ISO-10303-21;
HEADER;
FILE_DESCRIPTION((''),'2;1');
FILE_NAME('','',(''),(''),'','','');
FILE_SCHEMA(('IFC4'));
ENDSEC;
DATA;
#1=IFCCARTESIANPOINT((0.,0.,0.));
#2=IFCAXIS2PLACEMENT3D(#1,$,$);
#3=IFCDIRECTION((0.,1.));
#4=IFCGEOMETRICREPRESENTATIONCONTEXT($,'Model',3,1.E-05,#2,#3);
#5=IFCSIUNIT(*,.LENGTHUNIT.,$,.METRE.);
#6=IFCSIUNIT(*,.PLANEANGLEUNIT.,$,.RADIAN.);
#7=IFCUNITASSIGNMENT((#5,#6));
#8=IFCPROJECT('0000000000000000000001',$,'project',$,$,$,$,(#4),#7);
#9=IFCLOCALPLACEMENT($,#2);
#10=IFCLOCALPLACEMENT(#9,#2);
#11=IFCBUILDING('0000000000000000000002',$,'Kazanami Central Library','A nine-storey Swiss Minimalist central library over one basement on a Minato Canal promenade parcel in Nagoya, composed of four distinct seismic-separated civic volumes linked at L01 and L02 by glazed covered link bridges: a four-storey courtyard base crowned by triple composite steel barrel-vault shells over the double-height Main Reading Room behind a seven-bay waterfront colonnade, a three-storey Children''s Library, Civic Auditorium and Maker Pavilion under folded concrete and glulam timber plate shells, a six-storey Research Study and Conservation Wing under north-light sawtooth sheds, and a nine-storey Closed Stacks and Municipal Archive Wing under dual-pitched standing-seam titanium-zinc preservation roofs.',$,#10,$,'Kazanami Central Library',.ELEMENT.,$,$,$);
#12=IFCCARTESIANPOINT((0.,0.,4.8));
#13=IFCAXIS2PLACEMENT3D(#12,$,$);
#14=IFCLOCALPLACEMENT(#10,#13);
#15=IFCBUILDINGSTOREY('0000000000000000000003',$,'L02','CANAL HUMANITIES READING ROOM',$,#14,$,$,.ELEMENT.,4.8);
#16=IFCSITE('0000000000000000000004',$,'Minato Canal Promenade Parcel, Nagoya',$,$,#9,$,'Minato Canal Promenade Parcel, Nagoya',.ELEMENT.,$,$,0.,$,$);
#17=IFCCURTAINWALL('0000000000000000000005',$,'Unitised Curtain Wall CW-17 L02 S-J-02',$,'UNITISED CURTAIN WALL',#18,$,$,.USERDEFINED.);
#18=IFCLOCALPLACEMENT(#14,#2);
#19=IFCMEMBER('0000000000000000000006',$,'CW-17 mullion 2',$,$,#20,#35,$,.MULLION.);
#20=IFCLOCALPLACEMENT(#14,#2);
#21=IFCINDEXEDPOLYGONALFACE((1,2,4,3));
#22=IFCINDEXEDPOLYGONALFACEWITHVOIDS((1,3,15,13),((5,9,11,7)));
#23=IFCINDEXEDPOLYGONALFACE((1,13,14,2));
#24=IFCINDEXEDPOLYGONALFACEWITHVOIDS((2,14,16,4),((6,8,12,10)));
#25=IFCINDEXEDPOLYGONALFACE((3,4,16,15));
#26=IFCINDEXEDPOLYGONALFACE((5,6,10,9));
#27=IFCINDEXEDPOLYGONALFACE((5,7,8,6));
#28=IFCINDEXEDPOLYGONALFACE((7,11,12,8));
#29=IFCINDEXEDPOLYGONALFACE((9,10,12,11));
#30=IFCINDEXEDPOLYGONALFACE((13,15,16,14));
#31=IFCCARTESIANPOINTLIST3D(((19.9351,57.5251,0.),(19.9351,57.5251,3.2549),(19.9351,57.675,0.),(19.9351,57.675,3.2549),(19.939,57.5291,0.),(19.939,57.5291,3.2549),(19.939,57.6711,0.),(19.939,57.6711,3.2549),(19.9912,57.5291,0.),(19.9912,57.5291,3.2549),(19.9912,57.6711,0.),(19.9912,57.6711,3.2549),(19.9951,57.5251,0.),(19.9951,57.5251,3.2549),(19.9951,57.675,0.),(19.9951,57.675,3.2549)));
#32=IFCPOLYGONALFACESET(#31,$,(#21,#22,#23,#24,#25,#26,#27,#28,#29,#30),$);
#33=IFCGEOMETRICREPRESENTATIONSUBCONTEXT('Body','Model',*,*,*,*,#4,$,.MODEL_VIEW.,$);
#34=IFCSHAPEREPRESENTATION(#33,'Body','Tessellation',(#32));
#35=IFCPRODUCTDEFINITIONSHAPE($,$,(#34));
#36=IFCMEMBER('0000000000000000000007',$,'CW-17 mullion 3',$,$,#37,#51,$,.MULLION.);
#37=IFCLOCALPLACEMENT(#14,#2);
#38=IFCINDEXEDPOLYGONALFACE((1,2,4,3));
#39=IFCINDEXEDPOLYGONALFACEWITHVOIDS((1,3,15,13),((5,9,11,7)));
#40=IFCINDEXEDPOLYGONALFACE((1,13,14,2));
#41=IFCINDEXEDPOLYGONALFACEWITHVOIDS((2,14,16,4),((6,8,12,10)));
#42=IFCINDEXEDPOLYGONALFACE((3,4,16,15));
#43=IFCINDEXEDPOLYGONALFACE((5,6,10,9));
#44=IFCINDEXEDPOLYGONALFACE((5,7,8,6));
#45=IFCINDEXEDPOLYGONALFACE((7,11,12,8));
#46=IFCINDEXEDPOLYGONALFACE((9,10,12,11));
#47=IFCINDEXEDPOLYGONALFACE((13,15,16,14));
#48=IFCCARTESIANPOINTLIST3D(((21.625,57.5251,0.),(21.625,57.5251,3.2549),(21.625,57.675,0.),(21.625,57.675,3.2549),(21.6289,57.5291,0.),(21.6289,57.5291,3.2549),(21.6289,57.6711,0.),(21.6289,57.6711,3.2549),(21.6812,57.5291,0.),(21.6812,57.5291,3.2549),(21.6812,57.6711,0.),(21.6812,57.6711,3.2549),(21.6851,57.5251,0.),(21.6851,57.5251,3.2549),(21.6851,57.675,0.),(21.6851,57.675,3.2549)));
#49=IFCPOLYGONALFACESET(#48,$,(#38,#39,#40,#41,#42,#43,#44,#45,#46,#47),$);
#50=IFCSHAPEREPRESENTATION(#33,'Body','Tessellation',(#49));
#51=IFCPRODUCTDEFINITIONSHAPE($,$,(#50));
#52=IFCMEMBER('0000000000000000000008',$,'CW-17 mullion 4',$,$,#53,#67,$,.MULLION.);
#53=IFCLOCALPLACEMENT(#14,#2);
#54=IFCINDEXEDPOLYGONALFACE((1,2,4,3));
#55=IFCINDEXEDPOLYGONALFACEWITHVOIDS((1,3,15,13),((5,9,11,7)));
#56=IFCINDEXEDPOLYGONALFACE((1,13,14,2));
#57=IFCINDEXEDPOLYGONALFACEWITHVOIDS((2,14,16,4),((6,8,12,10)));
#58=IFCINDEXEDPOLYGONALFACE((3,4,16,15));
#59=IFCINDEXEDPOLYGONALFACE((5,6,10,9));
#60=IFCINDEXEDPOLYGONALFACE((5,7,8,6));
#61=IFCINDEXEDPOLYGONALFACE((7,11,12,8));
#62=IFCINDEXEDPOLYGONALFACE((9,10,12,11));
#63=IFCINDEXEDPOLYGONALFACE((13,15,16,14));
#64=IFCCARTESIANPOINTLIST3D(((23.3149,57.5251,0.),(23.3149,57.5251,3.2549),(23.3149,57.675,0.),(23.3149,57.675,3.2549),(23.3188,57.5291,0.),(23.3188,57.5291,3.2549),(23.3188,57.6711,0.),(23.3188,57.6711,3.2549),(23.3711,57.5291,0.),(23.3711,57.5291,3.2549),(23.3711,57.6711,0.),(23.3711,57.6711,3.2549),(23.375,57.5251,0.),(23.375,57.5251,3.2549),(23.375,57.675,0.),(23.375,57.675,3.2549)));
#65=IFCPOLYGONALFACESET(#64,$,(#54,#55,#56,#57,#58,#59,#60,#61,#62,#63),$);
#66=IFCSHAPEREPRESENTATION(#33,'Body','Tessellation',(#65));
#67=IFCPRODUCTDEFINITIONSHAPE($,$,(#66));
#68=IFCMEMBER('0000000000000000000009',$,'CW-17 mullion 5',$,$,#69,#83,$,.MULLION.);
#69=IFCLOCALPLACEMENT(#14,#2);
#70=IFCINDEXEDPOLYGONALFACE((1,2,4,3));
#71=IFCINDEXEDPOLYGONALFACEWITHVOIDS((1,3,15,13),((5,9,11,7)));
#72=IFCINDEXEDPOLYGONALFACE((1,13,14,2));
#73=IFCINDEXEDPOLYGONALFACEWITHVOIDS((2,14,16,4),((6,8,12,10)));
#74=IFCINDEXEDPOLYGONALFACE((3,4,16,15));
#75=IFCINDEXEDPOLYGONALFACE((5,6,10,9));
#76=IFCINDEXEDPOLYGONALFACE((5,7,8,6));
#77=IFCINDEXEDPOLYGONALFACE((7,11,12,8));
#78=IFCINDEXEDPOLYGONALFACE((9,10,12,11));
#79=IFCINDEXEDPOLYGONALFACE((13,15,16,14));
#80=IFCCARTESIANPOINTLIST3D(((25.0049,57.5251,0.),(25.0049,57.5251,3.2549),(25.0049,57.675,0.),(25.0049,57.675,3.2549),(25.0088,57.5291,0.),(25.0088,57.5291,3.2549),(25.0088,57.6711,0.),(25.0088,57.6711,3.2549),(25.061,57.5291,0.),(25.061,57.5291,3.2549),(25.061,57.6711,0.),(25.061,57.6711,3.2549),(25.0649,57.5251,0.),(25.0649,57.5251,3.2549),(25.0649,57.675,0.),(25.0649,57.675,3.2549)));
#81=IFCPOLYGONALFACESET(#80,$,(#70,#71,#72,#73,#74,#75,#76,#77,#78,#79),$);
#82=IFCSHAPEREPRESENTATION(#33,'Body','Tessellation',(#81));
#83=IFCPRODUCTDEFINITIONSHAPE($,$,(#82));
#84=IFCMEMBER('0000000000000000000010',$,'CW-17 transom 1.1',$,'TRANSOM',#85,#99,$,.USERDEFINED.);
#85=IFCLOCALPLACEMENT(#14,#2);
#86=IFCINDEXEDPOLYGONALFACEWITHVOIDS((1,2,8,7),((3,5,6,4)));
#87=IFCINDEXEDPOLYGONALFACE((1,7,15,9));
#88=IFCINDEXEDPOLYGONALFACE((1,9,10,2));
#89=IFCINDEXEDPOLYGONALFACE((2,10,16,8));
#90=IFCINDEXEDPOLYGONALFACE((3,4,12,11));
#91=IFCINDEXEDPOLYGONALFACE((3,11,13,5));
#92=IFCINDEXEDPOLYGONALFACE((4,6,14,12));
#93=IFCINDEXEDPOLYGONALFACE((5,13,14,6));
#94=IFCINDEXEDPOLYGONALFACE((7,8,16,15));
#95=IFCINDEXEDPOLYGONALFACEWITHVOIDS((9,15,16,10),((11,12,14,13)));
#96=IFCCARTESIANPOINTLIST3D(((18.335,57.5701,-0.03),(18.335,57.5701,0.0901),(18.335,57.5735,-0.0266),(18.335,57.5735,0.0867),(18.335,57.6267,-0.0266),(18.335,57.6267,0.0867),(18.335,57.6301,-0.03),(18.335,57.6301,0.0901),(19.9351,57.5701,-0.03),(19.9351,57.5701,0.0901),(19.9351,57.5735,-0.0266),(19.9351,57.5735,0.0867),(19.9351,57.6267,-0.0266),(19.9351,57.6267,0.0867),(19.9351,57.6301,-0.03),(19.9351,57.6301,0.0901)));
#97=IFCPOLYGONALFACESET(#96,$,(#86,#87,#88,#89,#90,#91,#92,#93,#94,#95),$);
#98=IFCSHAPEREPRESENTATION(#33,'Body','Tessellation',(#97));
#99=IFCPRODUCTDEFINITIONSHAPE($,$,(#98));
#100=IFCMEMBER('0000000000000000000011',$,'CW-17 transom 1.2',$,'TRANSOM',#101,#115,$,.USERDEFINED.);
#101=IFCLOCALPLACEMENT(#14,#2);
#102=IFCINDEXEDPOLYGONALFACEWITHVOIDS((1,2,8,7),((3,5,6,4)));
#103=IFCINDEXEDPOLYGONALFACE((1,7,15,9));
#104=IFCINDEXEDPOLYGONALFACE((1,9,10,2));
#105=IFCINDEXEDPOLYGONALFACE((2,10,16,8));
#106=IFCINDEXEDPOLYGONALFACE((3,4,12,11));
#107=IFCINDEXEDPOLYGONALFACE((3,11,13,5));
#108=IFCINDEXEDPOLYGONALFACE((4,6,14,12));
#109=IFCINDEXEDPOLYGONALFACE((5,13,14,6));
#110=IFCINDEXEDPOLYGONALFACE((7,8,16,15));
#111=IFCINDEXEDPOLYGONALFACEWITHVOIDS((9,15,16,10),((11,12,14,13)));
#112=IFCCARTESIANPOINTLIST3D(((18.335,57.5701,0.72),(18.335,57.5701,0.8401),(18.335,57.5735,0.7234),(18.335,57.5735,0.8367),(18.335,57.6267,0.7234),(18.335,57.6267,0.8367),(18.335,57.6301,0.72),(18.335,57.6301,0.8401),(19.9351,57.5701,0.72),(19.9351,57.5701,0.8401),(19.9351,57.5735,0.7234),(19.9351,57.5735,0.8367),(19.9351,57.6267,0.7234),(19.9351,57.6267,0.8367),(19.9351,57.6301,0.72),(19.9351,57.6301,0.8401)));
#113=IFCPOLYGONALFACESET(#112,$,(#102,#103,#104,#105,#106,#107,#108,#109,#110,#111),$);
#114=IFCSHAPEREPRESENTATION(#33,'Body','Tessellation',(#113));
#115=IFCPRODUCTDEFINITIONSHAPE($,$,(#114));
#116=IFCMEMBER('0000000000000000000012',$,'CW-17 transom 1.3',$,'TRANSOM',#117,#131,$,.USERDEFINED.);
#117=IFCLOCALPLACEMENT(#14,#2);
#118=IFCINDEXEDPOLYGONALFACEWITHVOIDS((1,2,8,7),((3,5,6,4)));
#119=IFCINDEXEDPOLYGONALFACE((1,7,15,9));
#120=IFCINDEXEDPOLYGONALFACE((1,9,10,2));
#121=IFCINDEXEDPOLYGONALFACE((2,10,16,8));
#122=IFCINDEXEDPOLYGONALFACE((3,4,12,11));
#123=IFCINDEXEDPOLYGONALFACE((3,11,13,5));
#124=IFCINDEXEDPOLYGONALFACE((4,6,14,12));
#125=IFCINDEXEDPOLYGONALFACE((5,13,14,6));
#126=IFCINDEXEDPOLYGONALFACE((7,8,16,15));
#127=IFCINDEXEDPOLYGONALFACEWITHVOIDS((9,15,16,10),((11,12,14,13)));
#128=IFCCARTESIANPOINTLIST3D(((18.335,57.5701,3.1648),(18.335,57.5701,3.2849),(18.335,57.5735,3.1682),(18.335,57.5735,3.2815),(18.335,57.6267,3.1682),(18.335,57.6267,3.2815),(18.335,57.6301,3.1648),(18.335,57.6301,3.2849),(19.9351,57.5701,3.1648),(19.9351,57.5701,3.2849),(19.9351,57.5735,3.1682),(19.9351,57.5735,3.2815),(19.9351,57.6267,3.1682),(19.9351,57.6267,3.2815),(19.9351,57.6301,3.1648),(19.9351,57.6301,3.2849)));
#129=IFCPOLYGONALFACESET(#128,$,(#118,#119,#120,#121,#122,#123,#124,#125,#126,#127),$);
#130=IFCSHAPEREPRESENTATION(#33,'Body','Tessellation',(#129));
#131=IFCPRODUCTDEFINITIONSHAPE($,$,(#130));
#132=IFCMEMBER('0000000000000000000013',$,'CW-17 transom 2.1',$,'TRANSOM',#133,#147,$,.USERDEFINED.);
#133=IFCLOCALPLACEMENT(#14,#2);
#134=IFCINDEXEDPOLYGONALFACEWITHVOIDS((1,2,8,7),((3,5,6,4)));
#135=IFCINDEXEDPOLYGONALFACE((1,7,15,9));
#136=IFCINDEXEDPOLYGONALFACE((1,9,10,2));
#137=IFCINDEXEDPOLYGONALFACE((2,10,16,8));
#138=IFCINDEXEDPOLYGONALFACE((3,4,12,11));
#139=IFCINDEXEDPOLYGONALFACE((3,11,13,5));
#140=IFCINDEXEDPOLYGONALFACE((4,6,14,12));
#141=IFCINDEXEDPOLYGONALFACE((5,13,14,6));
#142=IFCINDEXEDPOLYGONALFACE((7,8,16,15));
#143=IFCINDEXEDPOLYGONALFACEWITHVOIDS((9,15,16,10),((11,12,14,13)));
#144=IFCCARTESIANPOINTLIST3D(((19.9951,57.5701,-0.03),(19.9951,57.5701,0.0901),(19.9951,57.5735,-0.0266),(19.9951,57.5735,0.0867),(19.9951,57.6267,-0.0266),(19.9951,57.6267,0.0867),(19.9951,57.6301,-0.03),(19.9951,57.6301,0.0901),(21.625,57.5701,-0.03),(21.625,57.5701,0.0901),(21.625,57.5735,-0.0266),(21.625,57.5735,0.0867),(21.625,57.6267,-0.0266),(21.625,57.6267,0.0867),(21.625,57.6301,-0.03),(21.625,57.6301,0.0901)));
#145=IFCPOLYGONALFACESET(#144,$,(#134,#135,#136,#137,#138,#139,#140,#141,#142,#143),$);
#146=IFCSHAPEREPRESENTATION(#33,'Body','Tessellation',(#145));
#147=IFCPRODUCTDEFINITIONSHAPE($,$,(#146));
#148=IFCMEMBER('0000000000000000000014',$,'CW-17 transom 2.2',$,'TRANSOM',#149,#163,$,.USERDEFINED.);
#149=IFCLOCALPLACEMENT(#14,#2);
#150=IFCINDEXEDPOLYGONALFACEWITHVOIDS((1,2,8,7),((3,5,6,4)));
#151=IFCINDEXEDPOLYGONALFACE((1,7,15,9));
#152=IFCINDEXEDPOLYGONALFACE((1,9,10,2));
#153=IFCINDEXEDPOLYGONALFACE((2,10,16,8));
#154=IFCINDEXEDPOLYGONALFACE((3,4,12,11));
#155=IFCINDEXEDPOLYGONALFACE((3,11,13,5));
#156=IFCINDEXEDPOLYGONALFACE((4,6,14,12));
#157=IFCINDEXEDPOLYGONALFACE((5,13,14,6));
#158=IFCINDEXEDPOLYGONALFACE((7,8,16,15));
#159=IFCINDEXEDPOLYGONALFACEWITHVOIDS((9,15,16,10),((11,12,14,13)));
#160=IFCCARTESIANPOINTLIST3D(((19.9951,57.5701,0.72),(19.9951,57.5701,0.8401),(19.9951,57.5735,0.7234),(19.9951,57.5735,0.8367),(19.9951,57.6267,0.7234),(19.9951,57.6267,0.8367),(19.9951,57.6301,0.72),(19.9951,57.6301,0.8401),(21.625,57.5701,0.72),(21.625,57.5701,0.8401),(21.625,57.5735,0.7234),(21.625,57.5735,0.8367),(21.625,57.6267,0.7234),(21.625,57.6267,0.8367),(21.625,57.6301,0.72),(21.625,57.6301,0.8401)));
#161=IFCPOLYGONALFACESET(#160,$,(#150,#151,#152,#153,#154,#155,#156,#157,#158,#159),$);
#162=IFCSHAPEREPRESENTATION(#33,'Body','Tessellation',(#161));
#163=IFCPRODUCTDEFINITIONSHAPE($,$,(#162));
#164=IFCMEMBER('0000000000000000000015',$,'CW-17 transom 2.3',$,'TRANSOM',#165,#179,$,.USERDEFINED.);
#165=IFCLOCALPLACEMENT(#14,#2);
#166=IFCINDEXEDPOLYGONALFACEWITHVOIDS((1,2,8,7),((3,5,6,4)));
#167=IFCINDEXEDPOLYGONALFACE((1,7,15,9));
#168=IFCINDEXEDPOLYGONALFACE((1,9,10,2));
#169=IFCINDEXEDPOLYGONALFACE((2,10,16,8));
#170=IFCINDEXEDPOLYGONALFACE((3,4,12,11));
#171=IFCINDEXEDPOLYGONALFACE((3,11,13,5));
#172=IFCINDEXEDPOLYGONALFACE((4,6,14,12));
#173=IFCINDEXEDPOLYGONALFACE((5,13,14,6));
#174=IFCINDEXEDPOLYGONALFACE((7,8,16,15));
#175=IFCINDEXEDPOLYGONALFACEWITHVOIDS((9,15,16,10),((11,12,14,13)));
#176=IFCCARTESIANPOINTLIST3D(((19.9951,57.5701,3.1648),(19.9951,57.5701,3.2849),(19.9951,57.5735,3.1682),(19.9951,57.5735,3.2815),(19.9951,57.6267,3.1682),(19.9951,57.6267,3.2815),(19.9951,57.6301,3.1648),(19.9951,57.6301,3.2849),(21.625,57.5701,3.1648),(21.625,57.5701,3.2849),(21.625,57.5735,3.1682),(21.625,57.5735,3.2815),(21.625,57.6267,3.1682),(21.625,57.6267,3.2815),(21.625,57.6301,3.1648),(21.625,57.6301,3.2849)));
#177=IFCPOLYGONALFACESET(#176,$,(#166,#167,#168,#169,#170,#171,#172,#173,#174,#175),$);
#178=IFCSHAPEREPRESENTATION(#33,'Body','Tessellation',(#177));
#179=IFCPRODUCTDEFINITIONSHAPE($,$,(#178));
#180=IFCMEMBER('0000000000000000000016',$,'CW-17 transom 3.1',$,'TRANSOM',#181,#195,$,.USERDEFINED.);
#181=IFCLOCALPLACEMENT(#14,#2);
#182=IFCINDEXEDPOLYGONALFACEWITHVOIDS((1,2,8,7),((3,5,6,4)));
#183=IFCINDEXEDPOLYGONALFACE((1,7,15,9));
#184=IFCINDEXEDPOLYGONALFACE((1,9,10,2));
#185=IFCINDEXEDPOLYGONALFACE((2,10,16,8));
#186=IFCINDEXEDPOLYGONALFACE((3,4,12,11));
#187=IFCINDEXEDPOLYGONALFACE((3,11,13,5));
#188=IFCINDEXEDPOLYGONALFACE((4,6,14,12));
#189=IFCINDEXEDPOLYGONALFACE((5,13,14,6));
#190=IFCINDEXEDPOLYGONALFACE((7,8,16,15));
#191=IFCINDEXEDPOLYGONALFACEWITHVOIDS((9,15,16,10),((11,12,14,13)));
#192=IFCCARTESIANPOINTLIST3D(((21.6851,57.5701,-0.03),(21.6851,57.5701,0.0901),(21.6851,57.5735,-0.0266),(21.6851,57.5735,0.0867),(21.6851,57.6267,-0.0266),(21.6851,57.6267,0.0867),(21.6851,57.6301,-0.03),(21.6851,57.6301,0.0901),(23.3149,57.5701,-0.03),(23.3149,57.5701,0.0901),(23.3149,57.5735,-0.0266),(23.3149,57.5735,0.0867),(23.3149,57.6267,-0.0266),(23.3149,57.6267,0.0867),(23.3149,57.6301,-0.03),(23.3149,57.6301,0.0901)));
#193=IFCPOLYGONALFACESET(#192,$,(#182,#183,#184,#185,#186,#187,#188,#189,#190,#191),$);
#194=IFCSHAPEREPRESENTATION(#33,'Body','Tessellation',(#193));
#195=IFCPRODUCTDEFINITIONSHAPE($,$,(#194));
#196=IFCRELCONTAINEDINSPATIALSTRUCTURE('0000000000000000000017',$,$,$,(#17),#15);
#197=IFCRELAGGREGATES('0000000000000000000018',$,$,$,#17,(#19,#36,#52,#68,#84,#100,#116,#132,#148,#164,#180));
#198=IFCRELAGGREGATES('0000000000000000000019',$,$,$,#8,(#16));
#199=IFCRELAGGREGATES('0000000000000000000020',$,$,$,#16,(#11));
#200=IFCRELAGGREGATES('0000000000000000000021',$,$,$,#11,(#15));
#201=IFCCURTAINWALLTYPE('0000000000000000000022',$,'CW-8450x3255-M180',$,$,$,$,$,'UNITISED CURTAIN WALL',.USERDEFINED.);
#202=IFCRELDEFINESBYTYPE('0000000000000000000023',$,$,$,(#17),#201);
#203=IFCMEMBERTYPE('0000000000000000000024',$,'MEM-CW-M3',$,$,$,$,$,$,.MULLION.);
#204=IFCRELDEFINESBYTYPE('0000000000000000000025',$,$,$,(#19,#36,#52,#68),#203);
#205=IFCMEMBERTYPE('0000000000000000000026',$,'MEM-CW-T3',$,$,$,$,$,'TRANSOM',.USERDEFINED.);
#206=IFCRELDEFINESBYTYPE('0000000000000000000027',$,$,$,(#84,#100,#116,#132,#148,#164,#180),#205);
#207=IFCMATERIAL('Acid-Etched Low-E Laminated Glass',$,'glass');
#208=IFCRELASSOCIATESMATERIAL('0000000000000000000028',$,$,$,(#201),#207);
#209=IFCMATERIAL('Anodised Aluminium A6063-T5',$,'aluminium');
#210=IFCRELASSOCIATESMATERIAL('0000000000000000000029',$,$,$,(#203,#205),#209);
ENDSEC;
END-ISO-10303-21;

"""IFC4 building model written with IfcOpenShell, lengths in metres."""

from ifc_helpers import new_model, si_unit, direction, frame, origin, origin_2d, place, context, subcontext, project, spatial, hollow_rectangle, extrude, material, material_profile, profile_set, type_object, element, aggregate, save


model = new_model("IFC4")

# Units and contexts
model_context = context("Model", 3, precision=1e-05, world=origin(), true_north=direction((0.0, 1.0)))
body_context = subcontext(model_context, "Body", "Model", "MODEL_VIEW")
ifc_project = project(units=[si_unit("LENGTHUNIT", "METRE"), si_unit("PLANEANGLEUNIT", "RADIAN")], contexts=[model_context])

# Site, building, storey
site_placement = place(None, origin())
site = spatial("IfcSite", under=ifc_project, at=site_placement, Name="Minato Canal Promenade Parcel, Nagoya", LongName="Minato Canal Promenade Parcel, Nagoya", CompositionType="ELEMENT", RefElevation=0.0)
building_placement = place(site_placement, origin())
building = spatial("IfcBuilding", under=site, at=building_placement, Name="Kazanami Central Library", Description="A nine-storey Swiss Minimalist central library over one basement on a Minato Canal promenade parcel in Nagoya, composed of four distinct seismic-separated civic volumes linked at L01 and L02 by glazed covered link bridges: a four-storey courtyard base crowned by triple composite steel barrel-vault shells over the double-height Main Reading Room behind a seven-bay waterfront colonnade, a three-storey Children's Library, Civic Auditorium and Maker Pavilion under folded concrete and glulam timber plate shells, a six-storey Research Study and Conservation Wing under north-light sawtooth sheds, and a nine-storey Closed Stacks and Municipal Archive Wing under dual-pitched standing-seam titanium-zinc preservation roofs.", LongName="Kazanami Central Library", CompositionType="ELEMENT")
storey_placement = place(building_placement, frame((0.0, 0.0, 4.8)))
storey = spatial("IfcBuildingStorey", under=building, at=storey_placement, Name="L02", Description="CANAL HUMANITIES READING ROOM", CompositionType="ELEMENT", Elevation=4.8)

# Curtain wall, members
ifc_material_1 = material(Name="Acid-Etched Low-E Laminated Glass", Category="glass")
curtain_wall_type = type_object("IfcCurtainWallType", Name="CW-8450x3255-M180", ElementType="UNITISED CURTAIN WALL", PredefinedType="USERDEFINED", material=ifc_material_1)
curtain_wall_placement = place(storey_placement, origin())
curtain_wall = element("IfcCurtainWall", 1, at=curtain_wall_placement, inside=storey, type_object=curtain_wall_type, Name="Unitised Curtain Wall CW-17 L02 S-J-02", ObjectType="UNITISED CURTAIN WALL", PredefinedType="USERDEFINED")
ifc_material_2 = material(Name="Anodised Aluminium A6063-T5", Category="aluminium")
ifc_material_profile_1 = material_profile(ifc_material_2, hollow_rectangle(XDim=0.0601, YDim=0.1499, WallThickness=0.0039, at=origin_2d()), Name="ALU-MULL-60x150x4")
ifc_profile_set_1 = profile_set([ifc_material_profile_1], Name="Anodised Aluminium A6063-T5")
member_type_1 = type_object("IfcMemberType", Name="MEM-CW-M3", PredefinedType="MULLION", material=ifc_profile_set_1)
member_1_placement = place(storey_placement, frame((19.9651, 57.6001, 0.0), z_axis=(0.0, 0.0, 1.0), x_axis=(1.0, 0.0, 0.0)))
member_1 = element("IfcMember", 2, at=member_1_placement, type_object=member_type_1, Name="CW-17 mullion 2", PredefinedType="MULLION", context=body_context, shape_type="SweptSolid", body=[
    extrude(hollow_rectangle(XDim=0.0601, YDim=0.1499, WallThickness=0.0039, at=origin_2d()), origin(), (0.0, 0.0, 1.0), 3.2549),
])
member_2_placement = place(storey_placement, frame((21.655, 57.6001, 0.0), z_axis=(0.0, 0.0, 1.0), x_axis=(1.0, 0.0, 0.0)))
member_2 = element("IfcMember", 3, at=member_2_placement, type_object=member_type_1, Name="CW-17 mullion 3", PredefinedType="MULLION", context=body_context, shape_type="SweptSolid", body=[
    extrude(hollow_rectangle(XDim=0.0601, YDim=0.1499, WallThickness=0.0039, at=origin_2d()), origin(), (0.0, 0.0, 1.0), 3.2549),
])
member_3_placement = place(storey_placement, frame((23.345, 57.6001, 0.0), z_axis=(0.0, 0.0, 1.0), x_axis=(1.0, 0.0, 0.0)))
member_3 = element("IfcMember", 4, at=member_3_placement, type_object=member_type_1, Name="CW-17 mullion 4", PredefinedType="MULLION", context=body_context, shape_type="SweptSolid", body=[
    extrude(hollow_rectangle(XDim=0.0601, YDim=0.1499, WallThickness=0.0039, at=origin_2d()), origin(), (0.0, 0.0, 1.0), 3.2549),
])
member_4_placement = place(storey_placement, frame((25.0349, 57.6001, 0.0), z_axis=(0.0, 0.0, 1.0), x_axis=(1.0, 0.0, 0.0)))
member_4 = element("IfcMember", 5, at=member_4_placement, type_object=member_type_1, Name="CW-17 mullion 5", PredefinedType="MULLION", context=body_context, shape_type="SweptSolid", body=[
    extrude(hollow_rectangle(XDim=0.0601, YDim=0.1499, WallThickness=0.0039, at=origin_2d()), origin(), (0.0, 0.0, 1.0), 3.2549),
])
ifc_material_profile_2 = material_profile(ifc_material_2, hollow_rectangle(XDim=0.0601, YDim=0.1201, WallThickness=0.0034, at=origin_2d()), Name="ALU-TRAN-60x120x3.5")
ifc_profile_set_2 = profile_set([ifc_material_profile_2], Name="Anodised Aluminium A6063-T5")
member_type_2 = type_object("IfcMemberType", Name="MEM-CW-T3", ElementType="TRANSOM", PredefinedType="USERDEFINED", material=ifc_profile_set_2)
member_5_placement = place(storey_placement, frame((18.335, 57.6001, 0.03), z_axis=(1.0, 0.0, 0.0), x_axis=(0.0, 1.0, 0.0)))
member_5 = element("IfcMember", 6, at=member_5_placement, type_object=member_type_2, Name="CW-17 transom 1.1", ObjectType="TRANSOM", PredefinedType="USERDEFINED", context=body_context, shape_type="SweptSolid", body=[
    extrude(hollow_rectangle(XDim=0.0601, YDim=0.1201, WallThickness=0.0034, at=origin_2d()), origin(), (0.0, 0.0, 1.0), 1.6001),
])
member_6_placement = place(storey_placement, frame((18.335, 57.6001, 0.78), z_axis=(1.0, 0.0, 0.0), x_axis=(0.0, 1.0, 0.0)))
member_6 = element("IfcMember", 7, at=member_6_placement, type_object=member_type_2, Name="CW-17 transom 1.2", ObjectType="TRANSOM", PredefinedType="USERDEFINED", context=body_context, shape_type="SweptSolid", body=[
    extrude(hollow_rectangle(XDim=0.0601, YDim=0.1201, WallThickness=0.0034, at=origin_2d()), origin(), (0.0, 0.0, 1.0), 1.6001),
])
member_7_placement = place(storey_placement, frame((18.335, 57.6001, 3.2249), z_axis=(1.0, 0.0, 0.0), x_axis=(0.0, 1.0, 0.0)))
member_7 = element("IfcMember", 8, at=member_7_placement, type_object=member_type_2, Name="CW-17 transom 1.3", ObjectType="TRANSOM", PredefinedType="USERDEFINED", context=body_context, shape_type="SweptSolid", body=[
    extrude(hollow_rectangle(XDim=0.0601, YDim=0.1201, WallThickness=0.0034, at=origin_2d()), origin(), (0.0, 0.0, 1.0), 1.6001),
])
member_8_placement = place(storey_placement, frame((19.9951, 57.6001, 0.03), z_axis=(1.0, 0.0, 0.0), x_axis=(0.0, 1.0, 0.0)))
member_8 = element("IfcMember", 9, at=member_8_placement, type_object=member_type_2, Name="CW-17 transom 2.1", ObjectType="TRANSOM", PredefinedType="USERDEFINED", context=body_context, shape_type="SweptSolid", body=[
    extrude(hollow_rectangle(XDim=0.0601, YDim=0.1201, WallThickness=0.0034, at=origin_2d()), origin(), (0.0, 0.0, 1.0), 1.6299),
])
member_9_placement = place(storey_placement, frame((19.9951, 57.6001, 0.78), z_axis=(1.0, 0.0, 0.0), x_axis=(0.0, 1.0, 0.0)))
member_9 = element("IfcMember", 10, at=member_9_placement, type_object=member_type_2, Name="CW-17 transom 2.2", ObjectType="TRANSOM", PredefinedType="USERDEFINED", context=body_context, shape_type="SweptSolid", body=[
    extrude(hollow_rectangle(XDim=0.0601, YDim=0.1201, WallThickness=0.0034, at=origin_2d()), origin(), (0.0, 0.0, 1.0), 1.6299),
])
member_10_placement = place(storey_placement, frame((19.9951, 57.6001, 3.2249), z_axis=(1.0, 0.0, 0.0), x_axis=(0.0, 1.0, 0.0)))
member_10 = element("IfcMember", 11, at=member_10_placement, type_object=member_type_2, Name="CW-17 transom 2.3", ObjectType="TRANSOM", PredefinedType="USERDEFINED", context=body_context, shape_type="SweptSolid", body=[
    extrude(hollow_rectangle(XDim=0.0601, YDim=0.1201, WallThickness=0.0034, at=origin_2d()), origin(), (0.0, 0.0, 1.0), 1.6299),
])
member_11_placement = place(storey_placement, frame((21.6851, 57.6001, 0.03), z_axis=(1.0, 0.0, 0.0), x_axis=(0.0, 1.0, 0.0)))
member_11 = element("IfcMember", 12, at=member_11_placement, type_object=member_type_2, Name="CW-17 transom 3.1", ObjectType="TRANSOM", PredefinedType="USERDEFINED", context=body_context, shape_type="SweptSolid", body=[
    extrude(hollow_rectangle(XDim=0.0601, YDim=0.1201, WallThickness=0.0034, at=origin_2d()), origin(), (0.0, 0.0, 1.0), 1.6299),
])
aggregate(curtain_wall, [member_1, member_2, member_3, member_4, member_5, member_6, member_7, member_8, member_9, member_10, member_11])

save(model, "model.ifc")
